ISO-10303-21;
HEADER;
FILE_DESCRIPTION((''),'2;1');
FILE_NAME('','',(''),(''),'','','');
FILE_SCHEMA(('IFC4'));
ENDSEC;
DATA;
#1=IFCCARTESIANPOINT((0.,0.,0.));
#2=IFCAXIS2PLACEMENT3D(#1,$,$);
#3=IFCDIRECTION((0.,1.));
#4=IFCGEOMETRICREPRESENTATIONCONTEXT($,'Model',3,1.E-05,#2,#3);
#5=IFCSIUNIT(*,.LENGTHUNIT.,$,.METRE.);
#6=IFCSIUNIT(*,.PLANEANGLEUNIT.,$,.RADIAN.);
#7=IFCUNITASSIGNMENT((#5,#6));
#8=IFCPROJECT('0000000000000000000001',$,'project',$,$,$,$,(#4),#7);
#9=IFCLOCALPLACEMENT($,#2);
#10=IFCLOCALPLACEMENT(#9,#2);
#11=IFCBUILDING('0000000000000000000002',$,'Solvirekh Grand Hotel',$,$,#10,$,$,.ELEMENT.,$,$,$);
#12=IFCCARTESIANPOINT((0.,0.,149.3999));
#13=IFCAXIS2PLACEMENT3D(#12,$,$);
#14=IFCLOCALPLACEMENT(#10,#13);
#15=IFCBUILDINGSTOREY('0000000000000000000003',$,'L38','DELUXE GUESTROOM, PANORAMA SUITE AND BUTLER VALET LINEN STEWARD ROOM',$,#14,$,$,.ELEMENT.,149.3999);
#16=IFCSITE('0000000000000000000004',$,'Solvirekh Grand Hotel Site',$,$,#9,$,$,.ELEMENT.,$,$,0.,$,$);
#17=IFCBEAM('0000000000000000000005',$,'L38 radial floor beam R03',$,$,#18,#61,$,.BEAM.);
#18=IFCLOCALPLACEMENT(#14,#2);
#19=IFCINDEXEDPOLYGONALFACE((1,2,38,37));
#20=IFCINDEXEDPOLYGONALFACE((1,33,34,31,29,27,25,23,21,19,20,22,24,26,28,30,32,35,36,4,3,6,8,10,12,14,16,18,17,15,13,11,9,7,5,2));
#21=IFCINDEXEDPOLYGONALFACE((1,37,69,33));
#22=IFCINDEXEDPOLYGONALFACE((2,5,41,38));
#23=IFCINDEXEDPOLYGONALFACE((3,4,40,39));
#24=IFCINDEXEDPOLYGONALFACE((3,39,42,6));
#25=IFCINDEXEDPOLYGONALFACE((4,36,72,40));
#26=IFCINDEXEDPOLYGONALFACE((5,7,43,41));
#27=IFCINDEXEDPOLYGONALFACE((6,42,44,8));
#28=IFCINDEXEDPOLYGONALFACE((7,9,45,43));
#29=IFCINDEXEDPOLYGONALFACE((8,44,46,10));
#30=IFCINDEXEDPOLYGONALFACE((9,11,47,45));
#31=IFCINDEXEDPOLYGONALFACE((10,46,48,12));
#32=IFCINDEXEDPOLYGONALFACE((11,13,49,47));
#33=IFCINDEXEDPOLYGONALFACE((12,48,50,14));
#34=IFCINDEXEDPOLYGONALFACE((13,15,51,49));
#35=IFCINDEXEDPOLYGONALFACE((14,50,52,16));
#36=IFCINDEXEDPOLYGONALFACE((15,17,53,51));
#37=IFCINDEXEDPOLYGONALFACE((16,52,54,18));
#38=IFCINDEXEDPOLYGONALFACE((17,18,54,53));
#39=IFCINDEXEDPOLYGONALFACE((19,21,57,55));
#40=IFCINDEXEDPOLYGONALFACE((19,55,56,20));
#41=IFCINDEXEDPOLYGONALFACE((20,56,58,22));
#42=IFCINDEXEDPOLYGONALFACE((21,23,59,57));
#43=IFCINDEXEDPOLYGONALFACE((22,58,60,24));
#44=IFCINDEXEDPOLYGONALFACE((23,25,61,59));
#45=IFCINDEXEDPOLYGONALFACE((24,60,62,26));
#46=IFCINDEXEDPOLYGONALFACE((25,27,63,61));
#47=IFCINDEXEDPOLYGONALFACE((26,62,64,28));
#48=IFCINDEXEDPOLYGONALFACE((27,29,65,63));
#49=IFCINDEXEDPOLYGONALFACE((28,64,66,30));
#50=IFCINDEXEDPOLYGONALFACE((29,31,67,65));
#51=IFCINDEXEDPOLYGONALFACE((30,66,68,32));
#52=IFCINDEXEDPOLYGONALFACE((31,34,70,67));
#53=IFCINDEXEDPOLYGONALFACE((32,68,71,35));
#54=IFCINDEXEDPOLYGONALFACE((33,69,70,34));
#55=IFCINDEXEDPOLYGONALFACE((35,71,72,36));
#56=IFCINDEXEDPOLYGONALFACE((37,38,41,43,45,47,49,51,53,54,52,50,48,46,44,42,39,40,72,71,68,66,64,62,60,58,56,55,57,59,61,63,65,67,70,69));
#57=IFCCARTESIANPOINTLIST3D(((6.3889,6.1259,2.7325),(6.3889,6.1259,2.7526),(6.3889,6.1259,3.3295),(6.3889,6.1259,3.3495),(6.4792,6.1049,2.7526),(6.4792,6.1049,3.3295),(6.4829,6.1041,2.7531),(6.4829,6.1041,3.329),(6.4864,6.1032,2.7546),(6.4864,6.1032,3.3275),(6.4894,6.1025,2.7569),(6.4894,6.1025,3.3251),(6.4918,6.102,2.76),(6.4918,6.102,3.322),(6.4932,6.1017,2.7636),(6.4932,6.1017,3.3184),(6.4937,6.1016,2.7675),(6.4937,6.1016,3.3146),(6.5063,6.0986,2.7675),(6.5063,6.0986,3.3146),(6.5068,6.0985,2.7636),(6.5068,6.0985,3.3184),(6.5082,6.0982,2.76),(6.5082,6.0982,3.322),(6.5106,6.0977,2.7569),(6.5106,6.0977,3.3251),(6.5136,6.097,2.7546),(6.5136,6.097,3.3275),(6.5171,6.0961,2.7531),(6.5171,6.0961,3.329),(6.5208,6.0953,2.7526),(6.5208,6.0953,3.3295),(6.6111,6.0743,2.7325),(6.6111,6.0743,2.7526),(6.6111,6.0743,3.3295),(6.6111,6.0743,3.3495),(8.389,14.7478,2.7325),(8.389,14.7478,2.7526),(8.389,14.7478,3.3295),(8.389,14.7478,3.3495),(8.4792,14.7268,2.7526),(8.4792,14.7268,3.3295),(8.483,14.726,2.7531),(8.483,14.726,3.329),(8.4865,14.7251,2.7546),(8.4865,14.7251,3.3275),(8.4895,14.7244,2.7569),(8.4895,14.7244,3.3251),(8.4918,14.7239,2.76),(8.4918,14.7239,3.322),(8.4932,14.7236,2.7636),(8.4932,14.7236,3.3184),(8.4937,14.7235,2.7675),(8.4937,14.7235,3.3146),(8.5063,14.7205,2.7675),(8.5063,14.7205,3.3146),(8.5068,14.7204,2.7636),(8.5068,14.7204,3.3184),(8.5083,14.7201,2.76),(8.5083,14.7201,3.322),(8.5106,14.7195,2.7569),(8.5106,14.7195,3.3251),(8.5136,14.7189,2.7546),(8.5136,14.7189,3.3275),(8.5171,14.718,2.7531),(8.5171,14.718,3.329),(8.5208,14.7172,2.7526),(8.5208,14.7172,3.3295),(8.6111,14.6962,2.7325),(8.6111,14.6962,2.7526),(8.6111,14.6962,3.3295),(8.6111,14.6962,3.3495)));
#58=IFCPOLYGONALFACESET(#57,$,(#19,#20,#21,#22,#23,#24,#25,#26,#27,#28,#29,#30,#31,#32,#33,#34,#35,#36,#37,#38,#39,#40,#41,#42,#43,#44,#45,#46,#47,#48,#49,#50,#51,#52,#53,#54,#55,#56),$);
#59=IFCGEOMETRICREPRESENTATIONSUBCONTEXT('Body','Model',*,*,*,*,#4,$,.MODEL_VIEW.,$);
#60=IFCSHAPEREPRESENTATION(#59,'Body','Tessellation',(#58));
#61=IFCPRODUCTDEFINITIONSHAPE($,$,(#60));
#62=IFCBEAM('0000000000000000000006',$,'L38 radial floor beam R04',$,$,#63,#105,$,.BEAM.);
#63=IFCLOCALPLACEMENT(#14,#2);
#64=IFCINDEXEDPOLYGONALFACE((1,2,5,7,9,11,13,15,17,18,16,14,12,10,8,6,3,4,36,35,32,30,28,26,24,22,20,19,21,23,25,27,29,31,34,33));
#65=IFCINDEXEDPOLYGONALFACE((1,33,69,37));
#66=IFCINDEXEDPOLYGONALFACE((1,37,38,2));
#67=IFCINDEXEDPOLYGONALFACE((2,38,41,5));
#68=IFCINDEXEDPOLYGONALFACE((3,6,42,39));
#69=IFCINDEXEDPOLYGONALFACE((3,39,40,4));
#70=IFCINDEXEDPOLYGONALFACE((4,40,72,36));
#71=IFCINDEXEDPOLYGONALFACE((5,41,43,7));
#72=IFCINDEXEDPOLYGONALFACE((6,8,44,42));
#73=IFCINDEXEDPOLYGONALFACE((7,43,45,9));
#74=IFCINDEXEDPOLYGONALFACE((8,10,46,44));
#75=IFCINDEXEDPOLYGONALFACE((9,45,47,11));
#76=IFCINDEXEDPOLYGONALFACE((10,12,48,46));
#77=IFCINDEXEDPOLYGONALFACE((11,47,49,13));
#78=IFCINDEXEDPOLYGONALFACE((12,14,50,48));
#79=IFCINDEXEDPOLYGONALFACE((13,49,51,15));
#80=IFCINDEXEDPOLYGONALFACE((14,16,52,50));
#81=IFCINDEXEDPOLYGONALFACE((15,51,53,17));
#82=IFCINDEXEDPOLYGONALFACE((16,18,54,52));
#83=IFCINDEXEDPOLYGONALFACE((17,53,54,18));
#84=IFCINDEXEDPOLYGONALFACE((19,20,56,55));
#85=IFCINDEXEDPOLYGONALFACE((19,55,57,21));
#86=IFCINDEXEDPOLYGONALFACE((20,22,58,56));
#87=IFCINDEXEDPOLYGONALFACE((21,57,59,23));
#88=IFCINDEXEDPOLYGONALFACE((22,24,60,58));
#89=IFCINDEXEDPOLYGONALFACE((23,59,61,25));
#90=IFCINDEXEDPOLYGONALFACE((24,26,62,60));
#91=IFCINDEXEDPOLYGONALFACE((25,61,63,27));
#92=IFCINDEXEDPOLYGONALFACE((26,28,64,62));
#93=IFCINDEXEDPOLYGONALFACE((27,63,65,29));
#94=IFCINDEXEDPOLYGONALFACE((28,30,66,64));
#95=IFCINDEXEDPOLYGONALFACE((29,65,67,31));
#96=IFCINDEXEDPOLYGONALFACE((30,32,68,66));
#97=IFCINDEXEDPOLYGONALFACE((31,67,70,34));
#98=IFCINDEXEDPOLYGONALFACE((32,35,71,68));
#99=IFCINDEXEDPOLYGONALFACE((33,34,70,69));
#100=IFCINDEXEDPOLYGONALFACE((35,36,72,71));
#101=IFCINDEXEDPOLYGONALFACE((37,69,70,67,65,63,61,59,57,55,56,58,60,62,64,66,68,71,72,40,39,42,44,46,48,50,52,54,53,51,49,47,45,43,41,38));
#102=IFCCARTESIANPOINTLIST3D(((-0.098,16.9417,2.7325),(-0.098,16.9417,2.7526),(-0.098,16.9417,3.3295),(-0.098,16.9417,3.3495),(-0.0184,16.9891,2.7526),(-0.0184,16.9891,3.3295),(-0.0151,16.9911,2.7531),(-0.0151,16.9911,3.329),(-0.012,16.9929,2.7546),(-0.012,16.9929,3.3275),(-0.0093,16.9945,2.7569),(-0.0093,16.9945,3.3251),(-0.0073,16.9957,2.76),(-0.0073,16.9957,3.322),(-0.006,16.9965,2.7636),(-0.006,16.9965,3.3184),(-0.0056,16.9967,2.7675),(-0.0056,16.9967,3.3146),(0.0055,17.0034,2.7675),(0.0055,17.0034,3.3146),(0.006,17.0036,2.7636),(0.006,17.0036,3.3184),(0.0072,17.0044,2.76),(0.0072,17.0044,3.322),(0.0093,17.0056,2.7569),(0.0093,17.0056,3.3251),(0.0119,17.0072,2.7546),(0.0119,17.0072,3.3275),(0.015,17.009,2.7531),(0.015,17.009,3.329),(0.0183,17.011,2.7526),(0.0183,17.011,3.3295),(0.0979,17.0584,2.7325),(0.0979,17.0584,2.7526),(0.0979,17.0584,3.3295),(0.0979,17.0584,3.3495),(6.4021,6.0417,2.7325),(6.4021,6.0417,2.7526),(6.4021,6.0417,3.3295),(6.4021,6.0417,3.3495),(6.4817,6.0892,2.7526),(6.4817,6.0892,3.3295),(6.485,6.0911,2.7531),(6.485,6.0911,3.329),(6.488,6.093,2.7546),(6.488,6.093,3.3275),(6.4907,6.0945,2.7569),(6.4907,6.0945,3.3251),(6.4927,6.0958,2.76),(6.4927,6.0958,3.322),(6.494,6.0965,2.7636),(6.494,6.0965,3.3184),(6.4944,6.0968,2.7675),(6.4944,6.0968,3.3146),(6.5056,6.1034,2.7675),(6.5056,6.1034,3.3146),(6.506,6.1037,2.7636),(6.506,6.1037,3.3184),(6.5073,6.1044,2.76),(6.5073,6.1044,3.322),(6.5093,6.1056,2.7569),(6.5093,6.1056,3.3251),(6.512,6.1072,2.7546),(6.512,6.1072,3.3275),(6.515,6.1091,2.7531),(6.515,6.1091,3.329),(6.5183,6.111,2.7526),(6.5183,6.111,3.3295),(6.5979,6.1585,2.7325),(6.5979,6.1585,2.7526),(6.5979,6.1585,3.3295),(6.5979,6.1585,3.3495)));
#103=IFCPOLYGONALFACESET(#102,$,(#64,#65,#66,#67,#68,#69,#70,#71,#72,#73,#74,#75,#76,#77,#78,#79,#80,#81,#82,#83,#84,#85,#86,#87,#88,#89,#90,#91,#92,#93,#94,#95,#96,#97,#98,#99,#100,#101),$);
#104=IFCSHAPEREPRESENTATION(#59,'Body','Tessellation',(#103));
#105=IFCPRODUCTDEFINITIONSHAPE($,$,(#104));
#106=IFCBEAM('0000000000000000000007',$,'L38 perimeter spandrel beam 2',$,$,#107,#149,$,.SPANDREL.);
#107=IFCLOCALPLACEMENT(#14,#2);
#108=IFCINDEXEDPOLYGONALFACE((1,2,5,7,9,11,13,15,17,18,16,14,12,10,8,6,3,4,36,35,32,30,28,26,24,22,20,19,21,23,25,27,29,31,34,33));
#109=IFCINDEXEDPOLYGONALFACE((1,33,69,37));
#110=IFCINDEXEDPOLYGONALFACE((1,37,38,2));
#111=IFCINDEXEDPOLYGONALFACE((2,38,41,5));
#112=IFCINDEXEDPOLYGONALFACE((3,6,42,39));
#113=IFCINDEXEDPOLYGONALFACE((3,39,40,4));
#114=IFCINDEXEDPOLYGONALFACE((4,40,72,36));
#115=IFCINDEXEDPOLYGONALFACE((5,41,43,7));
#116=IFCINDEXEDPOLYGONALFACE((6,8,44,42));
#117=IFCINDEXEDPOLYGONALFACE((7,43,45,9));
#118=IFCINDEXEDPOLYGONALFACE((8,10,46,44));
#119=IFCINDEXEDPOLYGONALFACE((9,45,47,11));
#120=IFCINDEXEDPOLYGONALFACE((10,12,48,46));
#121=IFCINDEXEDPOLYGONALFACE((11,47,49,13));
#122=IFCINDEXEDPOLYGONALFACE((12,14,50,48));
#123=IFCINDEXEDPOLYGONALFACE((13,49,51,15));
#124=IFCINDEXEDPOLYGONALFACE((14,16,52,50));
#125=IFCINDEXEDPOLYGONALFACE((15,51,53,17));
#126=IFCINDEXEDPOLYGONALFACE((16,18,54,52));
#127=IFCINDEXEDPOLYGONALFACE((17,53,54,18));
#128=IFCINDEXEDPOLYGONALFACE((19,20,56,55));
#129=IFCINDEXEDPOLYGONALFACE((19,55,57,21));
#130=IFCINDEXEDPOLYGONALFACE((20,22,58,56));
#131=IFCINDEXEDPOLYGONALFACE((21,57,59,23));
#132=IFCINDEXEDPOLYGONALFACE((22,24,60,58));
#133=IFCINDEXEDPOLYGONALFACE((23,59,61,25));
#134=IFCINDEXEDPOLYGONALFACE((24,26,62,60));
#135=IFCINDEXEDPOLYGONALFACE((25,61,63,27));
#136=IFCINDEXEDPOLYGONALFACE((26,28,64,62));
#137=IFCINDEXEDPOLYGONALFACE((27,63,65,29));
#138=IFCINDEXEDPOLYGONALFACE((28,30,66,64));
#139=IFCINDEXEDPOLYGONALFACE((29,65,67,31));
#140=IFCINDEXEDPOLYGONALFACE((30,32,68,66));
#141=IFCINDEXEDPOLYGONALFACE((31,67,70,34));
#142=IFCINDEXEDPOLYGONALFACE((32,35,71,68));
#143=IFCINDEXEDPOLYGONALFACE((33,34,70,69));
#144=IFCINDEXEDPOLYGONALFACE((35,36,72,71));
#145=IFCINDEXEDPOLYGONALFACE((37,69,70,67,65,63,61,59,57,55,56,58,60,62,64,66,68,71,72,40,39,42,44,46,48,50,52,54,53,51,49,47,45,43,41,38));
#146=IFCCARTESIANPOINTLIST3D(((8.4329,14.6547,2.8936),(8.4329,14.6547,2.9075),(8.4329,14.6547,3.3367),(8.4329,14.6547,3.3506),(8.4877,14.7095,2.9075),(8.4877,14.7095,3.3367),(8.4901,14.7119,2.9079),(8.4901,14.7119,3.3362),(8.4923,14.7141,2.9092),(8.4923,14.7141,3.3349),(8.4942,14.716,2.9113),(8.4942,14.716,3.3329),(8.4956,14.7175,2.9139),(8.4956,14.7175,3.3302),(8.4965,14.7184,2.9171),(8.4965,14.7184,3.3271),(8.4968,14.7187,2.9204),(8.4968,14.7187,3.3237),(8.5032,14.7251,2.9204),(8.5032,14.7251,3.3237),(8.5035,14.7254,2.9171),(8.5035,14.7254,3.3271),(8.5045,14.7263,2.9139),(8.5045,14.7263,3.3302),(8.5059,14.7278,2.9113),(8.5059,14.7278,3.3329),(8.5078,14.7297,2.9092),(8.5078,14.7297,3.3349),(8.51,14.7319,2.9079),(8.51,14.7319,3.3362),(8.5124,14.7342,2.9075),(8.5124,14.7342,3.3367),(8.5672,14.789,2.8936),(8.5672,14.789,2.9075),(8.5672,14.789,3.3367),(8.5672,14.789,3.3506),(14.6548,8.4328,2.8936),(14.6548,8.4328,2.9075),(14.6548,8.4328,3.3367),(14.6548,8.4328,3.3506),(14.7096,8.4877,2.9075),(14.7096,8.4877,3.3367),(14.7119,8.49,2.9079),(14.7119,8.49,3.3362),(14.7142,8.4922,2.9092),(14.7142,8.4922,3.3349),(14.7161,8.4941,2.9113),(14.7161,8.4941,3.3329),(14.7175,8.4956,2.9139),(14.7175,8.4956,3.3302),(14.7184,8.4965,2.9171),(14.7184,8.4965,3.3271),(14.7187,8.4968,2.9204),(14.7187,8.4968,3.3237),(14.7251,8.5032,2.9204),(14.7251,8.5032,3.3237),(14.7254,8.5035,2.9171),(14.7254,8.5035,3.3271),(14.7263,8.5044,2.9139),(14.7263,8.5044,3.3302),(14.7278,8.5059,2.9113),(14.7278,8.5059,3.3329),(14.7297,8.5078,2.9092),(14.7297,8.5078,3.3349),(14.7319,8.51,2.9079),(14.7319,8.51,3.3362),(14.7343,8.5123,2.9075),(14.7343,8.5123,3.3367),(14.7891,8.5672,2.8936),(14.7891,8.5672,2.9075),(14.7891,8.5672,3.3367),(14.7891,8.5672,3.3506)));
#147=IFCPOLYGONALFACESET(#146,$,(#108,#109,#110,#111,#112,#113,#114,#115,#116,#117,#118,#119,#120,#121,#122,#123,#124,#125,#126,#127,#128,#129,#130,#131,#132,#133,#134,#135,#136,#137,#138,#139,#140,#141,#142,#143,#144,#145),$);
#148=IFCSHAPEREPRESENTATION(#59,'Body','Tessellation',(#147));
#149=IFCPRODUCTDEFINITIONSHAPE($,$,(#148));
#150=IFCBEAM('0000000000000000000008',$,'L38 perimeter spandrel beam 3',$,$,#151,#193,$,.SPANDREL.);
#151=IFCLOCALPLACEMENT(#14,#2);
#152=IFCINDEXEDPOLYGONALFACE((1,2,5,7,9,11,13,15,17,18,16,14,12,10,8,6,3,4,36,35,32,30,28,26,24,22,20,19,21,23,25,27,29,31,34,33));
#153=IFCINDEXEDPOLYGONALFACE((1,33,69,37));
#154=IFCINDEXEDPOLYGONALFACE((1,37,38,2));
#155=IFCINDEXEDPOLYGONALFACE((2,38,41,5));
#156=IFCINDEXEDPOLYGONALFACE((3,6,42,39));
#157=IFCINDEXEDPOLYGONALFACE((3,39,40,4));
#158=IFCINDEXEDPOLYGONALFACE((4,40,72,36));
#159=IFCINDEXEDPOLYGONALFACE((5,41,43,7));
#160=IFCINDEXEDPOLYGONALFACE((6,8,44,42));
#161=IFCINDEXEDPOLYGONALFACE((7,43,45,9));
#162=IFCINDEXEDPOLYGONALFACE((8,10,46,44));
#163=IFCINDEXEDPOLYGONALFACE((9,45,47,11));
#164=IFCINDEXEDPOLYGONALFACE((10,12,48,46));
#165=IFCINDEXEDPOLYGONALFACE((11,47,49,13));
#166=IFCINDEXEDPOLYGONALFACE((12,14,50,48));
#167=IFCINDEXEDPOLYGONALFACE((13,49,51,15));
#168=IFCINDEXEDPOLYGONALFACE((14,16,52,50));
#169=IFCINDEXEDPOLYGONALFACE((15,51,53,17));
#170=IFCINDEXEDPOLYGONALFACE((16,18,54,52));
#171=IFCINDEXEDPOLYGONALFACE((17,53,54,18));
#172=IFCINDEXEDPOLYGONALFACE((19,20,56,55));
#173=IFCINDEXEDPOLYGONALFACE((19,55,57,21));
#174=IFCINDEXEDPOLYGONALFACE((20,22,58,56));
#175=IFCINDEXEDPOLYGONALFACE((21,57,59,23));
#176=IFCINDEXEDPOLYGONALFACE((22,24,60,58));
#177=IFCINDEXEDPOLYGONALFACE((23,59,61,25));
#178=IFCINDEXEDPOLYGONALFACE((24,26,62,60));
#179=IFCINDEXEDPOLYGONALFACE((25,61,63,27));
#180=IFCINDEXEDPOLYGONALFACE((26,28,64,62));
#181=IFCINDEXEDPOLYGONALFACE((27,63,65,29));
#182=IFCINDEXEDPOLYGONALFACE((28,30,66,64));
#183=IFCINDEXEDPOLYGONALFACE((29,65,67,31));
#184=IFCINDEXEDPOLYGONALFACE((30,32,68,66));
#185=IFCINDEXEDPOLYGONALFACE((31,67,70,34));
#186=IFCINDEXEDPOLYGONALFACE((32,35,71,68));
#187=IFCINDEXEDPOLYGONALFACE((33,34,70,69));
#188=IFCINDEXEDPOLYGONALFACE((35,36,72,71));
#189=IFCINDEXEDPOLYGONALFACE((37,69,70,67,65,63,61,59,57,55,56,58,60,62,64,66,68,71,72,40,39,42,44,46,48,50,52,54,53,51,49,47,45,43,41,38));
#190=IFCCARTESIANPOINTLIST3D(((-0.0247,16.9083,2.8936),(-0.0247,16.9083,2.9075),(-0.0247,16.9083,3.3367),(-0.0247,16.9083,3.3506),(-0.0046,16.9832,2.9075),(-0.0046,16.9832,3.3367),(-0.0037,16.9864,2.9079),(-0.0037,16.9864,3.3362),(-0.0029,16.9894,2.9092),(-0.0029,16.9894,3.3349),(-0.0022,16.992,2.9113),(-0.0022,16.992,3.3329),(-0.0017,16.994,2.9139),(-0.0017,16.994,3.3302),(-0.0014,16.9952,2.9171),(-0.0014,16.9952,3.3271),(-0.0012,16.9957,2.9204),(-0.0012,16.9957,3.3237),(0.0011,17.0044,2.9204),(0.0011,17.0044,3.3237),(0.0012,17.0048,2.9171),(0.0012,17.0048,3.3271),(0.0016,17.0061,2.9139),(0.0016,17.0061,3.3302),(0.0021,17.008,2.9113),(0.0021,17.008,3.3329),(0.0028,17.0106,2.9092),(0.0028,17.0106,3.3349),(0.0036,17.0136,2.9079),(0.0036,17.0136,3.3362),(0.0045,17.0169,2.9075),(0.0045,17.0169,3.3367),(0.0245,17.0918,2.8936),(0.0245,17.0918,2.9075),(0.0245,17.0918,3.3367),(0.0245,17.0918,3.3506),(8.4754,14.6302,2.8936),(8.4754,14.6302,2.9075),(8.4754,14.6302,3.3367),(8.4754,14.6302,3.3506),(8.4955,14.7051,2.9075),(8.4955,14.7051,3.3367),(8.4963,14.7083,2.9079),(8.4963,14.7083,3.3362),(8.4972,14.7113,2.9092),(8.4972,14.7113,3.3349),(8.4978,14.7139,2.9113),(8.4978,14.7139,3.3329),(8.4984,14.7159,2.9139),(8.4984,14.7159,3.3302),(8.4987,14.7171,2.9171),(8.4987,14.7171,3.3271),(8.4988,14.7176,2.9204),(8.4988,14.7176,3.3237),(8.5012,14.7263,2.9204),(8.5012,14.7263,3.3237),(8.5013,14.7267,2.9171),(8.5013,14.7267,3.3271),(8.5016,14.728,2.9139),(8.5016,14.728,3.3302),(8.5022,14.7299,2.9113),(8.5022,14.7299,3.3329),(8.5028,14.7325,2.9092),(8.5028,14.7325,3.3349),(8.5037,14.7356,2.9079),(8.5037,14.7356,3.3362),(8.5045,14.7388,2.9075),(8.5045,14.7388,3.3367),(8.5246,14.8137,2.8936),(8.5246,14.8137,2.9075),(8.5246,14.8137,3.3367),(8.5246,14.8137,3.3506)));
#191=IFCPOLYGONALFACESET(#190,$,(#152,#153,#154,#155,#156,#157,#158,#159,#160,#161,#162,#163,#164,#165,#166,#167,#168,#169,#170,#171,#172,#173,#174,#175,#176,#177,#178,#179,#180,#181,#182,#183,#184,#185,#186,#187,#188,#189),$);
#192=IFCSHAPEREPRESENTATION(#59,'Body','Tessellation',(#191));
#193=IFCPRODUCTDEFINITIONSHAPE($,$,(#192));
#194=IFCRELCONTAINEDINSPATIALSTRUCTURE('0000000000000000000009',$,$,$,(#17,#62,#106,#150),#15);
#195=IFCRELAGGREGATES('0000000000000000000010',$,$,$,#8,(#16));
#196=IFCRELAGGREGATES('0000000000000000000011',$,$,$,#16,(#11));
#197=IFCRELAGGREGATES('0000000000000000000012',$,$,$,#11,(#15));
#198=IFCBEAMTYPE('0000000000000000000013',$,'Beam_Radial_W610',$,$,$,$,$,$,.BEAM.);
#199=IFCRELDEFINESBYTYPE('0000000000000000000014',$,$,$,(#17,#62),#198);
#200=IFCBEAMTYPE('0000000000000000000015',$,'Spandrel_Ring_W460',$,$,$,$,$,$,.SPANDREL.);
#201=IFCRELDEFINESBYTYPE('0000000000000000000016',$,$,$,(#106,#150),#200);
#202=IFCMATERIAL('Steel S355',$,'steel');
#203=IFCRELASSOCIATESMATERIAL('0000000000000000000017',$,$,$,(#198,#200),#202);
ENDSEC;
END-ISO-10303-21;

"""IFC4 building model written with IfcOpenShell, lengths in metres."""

from ifc_helpers import new_model, si_unit, direction, frame, origin, origin_2d, place, context, subcontext, project, spatial, i_section, extrude, material, material_profile, profile_set, type_object, element, save


model = new_model("IFC4")

# Units and contexts
model_context = context("Model", 3, precision=1e-05, world=origin(), true_north=direction((0.0, 1.0)))
body_context = subcontext(model_context, "Body", "Model", "MODEL_VIEW")
ifc_project = project(units=[si_unit("LENGTHUNIT", "METRE"), si_unit("PLANEANGLEUNIT", "RADIAN")], contexts=[model_context])

# Site, building, storey
site_placement = place(None, origin())
site = spatial("IfcSite", under=ifc_project, at=site_placement, Name="Solvirekh Grand Hotel Site", CompositionType="ELEMENT", RefElevation=0.0)
building_placement = place(site_placement, origin())
building = spatial("IfcBuilding", under=site, at=building_placement, Name="Solvirekh Grand Hotel", CompositionType="ELEMENT")
storey_placement = place(building_placement, frame((0.0, 0.0, 149.3999)))
storey = spatial("IfcBuildingStorey", under=building, at=storey_placement, Name="L38", Description="DELUXE GUESTROOM, PANORAMA SUITE AND BUTLER VALET LINEN STEWARD ROOM", CompositionType="ELEMENT", Elevation=149.3999)

# Beams
ifc_material_1 = material(Name="Steel S355", Category="steel")
ifc_material_profile_1 = material_profile(ifc_material_1, i_section(OverallWidth=0.228, OverallDepth=0.6169, WebThickness=0.0129, FlangeThickness=0.02, FilletRadius=0.0149, at=origin_2d()), Name="W610X140")
ifc_profile_set_1 = profile_set([ifc_material_profile_1], Name="Steel S355")
beam_type_1 = type_object("IfcBeamType", Name="Beam_Radial_W610", PredefinedType="BEAM", material=ifc_profile_set_1)
beam_1_placement = place(storey_placement, frame((6.5, 6.1001, 3.041), z_axis=(0.225969, 0.974134, 0.0), x_axis=(-0.974134, 0.225969, 0.0)))
element("IfcBeam", 1, at=beam_1_placement, inside=storey, type_object=beam_type_1, Name="L38 radial floor beam R03", PredefinedType="BEAM", context=body_context, shape_type="SweptSolid", body=[
    extrude(i_section(OverallWidth=0.228, OverallDepth=0.6169, WebThickness=0.0129, FlangeThickness=0.02, FilletRadius=0.0149, at=origin_2d()), origin(), (0.0, 0.0, 1.0), 8.8508),
])
beam_2_placement = place(storey_placement, frame((6.5, 6.1001, 3.041), z_axis=(-0.51218, 0.858878, 0.0), x_axis=(-0.858878, -0.51218, 0.0)))
element("IfcBeam", 2, at=beam_2_placement, inside=storey, type_object=beam_type_1, Name="L38 radial floor beam R04", PredefinedType="BEAM", context=body_context, shape_type="SweptSolid", body=[
    extrude(i_section(OverallWidth=0.228, OverallDepth=0.6169, WebThickness=0.0129, FlangeThickness=0.02, FilletRadius=0.0149, at=origin_2d()), origin(), (0.0, 0.0, 1.0), 12.6909),
])
ifc_material_profile_2 = material_profile(ifc_material_1, i_section(OverallWidth=0.1899, OverallDepth=0.457, WebThickness=0.009, FlangeThickness=0.0139, FilletRadius=0.0129, at=origin_2d()), Name="W460X74")
ifc_profile_set_2 = profile_set([ifc_material_profile_2], Name="Steel S355")
beam_type_2 = type_object("IfcBeamType", Name="Spandrel_Ring_W460", PredefinedType="SPANDREL", material=ifc_profile_set_2)
beam_3_placement = place(storey_placement, frame((14.7219, 8.5, 3.1221), z_axis=(-0.707107, 0.707107, 0.0), x_axis=(-0.707107, -0.707107, 0.0)))
element("IfcBeam", 3, at=beam_3_placement, inside=storey, type_object=beam_type_2, Name="L38 perimeter spandrel beam 2", PredefinedType="SPANDREL", context=body_context, shape_type="SweptSolid", body=[
    extrude(i_section(OverallWidth=0.1899, OverallDepth=0.457, WebThickness=0.009, FlangeThickness=0.0139, FilletRadius=0.0129, at=origin_2d()), origin(), (0.0, 0.0, 1.0), 8.7991),
])
beam_4_placement = place(storey_placement, frame((8.5, 14.7219, 3.1221), z_axis=(-0.965911, 0.258873, 0.0), x_axis=(-0.258873, -0.965911, 0.0)))
element("IfcBeam", 4, at=beam_4_placement, inside=storey, type_object=beam_type_2, Name="L38 perimeter spandrel beam 3", PredefinedType="SPANDREL", context=body_context, shape_type="SweptSolid", body=[
    extrude(i_section(OverallWidth=0.1899, OverallDepth=0.457, WebThickness=0.009, FlangeThickness=0.0139, FilletRadius=0.0129, at=origin_2d()), origin(), (0.0, 0.0, 1.0), 8.8),
])

save(model, "model.ifc")
